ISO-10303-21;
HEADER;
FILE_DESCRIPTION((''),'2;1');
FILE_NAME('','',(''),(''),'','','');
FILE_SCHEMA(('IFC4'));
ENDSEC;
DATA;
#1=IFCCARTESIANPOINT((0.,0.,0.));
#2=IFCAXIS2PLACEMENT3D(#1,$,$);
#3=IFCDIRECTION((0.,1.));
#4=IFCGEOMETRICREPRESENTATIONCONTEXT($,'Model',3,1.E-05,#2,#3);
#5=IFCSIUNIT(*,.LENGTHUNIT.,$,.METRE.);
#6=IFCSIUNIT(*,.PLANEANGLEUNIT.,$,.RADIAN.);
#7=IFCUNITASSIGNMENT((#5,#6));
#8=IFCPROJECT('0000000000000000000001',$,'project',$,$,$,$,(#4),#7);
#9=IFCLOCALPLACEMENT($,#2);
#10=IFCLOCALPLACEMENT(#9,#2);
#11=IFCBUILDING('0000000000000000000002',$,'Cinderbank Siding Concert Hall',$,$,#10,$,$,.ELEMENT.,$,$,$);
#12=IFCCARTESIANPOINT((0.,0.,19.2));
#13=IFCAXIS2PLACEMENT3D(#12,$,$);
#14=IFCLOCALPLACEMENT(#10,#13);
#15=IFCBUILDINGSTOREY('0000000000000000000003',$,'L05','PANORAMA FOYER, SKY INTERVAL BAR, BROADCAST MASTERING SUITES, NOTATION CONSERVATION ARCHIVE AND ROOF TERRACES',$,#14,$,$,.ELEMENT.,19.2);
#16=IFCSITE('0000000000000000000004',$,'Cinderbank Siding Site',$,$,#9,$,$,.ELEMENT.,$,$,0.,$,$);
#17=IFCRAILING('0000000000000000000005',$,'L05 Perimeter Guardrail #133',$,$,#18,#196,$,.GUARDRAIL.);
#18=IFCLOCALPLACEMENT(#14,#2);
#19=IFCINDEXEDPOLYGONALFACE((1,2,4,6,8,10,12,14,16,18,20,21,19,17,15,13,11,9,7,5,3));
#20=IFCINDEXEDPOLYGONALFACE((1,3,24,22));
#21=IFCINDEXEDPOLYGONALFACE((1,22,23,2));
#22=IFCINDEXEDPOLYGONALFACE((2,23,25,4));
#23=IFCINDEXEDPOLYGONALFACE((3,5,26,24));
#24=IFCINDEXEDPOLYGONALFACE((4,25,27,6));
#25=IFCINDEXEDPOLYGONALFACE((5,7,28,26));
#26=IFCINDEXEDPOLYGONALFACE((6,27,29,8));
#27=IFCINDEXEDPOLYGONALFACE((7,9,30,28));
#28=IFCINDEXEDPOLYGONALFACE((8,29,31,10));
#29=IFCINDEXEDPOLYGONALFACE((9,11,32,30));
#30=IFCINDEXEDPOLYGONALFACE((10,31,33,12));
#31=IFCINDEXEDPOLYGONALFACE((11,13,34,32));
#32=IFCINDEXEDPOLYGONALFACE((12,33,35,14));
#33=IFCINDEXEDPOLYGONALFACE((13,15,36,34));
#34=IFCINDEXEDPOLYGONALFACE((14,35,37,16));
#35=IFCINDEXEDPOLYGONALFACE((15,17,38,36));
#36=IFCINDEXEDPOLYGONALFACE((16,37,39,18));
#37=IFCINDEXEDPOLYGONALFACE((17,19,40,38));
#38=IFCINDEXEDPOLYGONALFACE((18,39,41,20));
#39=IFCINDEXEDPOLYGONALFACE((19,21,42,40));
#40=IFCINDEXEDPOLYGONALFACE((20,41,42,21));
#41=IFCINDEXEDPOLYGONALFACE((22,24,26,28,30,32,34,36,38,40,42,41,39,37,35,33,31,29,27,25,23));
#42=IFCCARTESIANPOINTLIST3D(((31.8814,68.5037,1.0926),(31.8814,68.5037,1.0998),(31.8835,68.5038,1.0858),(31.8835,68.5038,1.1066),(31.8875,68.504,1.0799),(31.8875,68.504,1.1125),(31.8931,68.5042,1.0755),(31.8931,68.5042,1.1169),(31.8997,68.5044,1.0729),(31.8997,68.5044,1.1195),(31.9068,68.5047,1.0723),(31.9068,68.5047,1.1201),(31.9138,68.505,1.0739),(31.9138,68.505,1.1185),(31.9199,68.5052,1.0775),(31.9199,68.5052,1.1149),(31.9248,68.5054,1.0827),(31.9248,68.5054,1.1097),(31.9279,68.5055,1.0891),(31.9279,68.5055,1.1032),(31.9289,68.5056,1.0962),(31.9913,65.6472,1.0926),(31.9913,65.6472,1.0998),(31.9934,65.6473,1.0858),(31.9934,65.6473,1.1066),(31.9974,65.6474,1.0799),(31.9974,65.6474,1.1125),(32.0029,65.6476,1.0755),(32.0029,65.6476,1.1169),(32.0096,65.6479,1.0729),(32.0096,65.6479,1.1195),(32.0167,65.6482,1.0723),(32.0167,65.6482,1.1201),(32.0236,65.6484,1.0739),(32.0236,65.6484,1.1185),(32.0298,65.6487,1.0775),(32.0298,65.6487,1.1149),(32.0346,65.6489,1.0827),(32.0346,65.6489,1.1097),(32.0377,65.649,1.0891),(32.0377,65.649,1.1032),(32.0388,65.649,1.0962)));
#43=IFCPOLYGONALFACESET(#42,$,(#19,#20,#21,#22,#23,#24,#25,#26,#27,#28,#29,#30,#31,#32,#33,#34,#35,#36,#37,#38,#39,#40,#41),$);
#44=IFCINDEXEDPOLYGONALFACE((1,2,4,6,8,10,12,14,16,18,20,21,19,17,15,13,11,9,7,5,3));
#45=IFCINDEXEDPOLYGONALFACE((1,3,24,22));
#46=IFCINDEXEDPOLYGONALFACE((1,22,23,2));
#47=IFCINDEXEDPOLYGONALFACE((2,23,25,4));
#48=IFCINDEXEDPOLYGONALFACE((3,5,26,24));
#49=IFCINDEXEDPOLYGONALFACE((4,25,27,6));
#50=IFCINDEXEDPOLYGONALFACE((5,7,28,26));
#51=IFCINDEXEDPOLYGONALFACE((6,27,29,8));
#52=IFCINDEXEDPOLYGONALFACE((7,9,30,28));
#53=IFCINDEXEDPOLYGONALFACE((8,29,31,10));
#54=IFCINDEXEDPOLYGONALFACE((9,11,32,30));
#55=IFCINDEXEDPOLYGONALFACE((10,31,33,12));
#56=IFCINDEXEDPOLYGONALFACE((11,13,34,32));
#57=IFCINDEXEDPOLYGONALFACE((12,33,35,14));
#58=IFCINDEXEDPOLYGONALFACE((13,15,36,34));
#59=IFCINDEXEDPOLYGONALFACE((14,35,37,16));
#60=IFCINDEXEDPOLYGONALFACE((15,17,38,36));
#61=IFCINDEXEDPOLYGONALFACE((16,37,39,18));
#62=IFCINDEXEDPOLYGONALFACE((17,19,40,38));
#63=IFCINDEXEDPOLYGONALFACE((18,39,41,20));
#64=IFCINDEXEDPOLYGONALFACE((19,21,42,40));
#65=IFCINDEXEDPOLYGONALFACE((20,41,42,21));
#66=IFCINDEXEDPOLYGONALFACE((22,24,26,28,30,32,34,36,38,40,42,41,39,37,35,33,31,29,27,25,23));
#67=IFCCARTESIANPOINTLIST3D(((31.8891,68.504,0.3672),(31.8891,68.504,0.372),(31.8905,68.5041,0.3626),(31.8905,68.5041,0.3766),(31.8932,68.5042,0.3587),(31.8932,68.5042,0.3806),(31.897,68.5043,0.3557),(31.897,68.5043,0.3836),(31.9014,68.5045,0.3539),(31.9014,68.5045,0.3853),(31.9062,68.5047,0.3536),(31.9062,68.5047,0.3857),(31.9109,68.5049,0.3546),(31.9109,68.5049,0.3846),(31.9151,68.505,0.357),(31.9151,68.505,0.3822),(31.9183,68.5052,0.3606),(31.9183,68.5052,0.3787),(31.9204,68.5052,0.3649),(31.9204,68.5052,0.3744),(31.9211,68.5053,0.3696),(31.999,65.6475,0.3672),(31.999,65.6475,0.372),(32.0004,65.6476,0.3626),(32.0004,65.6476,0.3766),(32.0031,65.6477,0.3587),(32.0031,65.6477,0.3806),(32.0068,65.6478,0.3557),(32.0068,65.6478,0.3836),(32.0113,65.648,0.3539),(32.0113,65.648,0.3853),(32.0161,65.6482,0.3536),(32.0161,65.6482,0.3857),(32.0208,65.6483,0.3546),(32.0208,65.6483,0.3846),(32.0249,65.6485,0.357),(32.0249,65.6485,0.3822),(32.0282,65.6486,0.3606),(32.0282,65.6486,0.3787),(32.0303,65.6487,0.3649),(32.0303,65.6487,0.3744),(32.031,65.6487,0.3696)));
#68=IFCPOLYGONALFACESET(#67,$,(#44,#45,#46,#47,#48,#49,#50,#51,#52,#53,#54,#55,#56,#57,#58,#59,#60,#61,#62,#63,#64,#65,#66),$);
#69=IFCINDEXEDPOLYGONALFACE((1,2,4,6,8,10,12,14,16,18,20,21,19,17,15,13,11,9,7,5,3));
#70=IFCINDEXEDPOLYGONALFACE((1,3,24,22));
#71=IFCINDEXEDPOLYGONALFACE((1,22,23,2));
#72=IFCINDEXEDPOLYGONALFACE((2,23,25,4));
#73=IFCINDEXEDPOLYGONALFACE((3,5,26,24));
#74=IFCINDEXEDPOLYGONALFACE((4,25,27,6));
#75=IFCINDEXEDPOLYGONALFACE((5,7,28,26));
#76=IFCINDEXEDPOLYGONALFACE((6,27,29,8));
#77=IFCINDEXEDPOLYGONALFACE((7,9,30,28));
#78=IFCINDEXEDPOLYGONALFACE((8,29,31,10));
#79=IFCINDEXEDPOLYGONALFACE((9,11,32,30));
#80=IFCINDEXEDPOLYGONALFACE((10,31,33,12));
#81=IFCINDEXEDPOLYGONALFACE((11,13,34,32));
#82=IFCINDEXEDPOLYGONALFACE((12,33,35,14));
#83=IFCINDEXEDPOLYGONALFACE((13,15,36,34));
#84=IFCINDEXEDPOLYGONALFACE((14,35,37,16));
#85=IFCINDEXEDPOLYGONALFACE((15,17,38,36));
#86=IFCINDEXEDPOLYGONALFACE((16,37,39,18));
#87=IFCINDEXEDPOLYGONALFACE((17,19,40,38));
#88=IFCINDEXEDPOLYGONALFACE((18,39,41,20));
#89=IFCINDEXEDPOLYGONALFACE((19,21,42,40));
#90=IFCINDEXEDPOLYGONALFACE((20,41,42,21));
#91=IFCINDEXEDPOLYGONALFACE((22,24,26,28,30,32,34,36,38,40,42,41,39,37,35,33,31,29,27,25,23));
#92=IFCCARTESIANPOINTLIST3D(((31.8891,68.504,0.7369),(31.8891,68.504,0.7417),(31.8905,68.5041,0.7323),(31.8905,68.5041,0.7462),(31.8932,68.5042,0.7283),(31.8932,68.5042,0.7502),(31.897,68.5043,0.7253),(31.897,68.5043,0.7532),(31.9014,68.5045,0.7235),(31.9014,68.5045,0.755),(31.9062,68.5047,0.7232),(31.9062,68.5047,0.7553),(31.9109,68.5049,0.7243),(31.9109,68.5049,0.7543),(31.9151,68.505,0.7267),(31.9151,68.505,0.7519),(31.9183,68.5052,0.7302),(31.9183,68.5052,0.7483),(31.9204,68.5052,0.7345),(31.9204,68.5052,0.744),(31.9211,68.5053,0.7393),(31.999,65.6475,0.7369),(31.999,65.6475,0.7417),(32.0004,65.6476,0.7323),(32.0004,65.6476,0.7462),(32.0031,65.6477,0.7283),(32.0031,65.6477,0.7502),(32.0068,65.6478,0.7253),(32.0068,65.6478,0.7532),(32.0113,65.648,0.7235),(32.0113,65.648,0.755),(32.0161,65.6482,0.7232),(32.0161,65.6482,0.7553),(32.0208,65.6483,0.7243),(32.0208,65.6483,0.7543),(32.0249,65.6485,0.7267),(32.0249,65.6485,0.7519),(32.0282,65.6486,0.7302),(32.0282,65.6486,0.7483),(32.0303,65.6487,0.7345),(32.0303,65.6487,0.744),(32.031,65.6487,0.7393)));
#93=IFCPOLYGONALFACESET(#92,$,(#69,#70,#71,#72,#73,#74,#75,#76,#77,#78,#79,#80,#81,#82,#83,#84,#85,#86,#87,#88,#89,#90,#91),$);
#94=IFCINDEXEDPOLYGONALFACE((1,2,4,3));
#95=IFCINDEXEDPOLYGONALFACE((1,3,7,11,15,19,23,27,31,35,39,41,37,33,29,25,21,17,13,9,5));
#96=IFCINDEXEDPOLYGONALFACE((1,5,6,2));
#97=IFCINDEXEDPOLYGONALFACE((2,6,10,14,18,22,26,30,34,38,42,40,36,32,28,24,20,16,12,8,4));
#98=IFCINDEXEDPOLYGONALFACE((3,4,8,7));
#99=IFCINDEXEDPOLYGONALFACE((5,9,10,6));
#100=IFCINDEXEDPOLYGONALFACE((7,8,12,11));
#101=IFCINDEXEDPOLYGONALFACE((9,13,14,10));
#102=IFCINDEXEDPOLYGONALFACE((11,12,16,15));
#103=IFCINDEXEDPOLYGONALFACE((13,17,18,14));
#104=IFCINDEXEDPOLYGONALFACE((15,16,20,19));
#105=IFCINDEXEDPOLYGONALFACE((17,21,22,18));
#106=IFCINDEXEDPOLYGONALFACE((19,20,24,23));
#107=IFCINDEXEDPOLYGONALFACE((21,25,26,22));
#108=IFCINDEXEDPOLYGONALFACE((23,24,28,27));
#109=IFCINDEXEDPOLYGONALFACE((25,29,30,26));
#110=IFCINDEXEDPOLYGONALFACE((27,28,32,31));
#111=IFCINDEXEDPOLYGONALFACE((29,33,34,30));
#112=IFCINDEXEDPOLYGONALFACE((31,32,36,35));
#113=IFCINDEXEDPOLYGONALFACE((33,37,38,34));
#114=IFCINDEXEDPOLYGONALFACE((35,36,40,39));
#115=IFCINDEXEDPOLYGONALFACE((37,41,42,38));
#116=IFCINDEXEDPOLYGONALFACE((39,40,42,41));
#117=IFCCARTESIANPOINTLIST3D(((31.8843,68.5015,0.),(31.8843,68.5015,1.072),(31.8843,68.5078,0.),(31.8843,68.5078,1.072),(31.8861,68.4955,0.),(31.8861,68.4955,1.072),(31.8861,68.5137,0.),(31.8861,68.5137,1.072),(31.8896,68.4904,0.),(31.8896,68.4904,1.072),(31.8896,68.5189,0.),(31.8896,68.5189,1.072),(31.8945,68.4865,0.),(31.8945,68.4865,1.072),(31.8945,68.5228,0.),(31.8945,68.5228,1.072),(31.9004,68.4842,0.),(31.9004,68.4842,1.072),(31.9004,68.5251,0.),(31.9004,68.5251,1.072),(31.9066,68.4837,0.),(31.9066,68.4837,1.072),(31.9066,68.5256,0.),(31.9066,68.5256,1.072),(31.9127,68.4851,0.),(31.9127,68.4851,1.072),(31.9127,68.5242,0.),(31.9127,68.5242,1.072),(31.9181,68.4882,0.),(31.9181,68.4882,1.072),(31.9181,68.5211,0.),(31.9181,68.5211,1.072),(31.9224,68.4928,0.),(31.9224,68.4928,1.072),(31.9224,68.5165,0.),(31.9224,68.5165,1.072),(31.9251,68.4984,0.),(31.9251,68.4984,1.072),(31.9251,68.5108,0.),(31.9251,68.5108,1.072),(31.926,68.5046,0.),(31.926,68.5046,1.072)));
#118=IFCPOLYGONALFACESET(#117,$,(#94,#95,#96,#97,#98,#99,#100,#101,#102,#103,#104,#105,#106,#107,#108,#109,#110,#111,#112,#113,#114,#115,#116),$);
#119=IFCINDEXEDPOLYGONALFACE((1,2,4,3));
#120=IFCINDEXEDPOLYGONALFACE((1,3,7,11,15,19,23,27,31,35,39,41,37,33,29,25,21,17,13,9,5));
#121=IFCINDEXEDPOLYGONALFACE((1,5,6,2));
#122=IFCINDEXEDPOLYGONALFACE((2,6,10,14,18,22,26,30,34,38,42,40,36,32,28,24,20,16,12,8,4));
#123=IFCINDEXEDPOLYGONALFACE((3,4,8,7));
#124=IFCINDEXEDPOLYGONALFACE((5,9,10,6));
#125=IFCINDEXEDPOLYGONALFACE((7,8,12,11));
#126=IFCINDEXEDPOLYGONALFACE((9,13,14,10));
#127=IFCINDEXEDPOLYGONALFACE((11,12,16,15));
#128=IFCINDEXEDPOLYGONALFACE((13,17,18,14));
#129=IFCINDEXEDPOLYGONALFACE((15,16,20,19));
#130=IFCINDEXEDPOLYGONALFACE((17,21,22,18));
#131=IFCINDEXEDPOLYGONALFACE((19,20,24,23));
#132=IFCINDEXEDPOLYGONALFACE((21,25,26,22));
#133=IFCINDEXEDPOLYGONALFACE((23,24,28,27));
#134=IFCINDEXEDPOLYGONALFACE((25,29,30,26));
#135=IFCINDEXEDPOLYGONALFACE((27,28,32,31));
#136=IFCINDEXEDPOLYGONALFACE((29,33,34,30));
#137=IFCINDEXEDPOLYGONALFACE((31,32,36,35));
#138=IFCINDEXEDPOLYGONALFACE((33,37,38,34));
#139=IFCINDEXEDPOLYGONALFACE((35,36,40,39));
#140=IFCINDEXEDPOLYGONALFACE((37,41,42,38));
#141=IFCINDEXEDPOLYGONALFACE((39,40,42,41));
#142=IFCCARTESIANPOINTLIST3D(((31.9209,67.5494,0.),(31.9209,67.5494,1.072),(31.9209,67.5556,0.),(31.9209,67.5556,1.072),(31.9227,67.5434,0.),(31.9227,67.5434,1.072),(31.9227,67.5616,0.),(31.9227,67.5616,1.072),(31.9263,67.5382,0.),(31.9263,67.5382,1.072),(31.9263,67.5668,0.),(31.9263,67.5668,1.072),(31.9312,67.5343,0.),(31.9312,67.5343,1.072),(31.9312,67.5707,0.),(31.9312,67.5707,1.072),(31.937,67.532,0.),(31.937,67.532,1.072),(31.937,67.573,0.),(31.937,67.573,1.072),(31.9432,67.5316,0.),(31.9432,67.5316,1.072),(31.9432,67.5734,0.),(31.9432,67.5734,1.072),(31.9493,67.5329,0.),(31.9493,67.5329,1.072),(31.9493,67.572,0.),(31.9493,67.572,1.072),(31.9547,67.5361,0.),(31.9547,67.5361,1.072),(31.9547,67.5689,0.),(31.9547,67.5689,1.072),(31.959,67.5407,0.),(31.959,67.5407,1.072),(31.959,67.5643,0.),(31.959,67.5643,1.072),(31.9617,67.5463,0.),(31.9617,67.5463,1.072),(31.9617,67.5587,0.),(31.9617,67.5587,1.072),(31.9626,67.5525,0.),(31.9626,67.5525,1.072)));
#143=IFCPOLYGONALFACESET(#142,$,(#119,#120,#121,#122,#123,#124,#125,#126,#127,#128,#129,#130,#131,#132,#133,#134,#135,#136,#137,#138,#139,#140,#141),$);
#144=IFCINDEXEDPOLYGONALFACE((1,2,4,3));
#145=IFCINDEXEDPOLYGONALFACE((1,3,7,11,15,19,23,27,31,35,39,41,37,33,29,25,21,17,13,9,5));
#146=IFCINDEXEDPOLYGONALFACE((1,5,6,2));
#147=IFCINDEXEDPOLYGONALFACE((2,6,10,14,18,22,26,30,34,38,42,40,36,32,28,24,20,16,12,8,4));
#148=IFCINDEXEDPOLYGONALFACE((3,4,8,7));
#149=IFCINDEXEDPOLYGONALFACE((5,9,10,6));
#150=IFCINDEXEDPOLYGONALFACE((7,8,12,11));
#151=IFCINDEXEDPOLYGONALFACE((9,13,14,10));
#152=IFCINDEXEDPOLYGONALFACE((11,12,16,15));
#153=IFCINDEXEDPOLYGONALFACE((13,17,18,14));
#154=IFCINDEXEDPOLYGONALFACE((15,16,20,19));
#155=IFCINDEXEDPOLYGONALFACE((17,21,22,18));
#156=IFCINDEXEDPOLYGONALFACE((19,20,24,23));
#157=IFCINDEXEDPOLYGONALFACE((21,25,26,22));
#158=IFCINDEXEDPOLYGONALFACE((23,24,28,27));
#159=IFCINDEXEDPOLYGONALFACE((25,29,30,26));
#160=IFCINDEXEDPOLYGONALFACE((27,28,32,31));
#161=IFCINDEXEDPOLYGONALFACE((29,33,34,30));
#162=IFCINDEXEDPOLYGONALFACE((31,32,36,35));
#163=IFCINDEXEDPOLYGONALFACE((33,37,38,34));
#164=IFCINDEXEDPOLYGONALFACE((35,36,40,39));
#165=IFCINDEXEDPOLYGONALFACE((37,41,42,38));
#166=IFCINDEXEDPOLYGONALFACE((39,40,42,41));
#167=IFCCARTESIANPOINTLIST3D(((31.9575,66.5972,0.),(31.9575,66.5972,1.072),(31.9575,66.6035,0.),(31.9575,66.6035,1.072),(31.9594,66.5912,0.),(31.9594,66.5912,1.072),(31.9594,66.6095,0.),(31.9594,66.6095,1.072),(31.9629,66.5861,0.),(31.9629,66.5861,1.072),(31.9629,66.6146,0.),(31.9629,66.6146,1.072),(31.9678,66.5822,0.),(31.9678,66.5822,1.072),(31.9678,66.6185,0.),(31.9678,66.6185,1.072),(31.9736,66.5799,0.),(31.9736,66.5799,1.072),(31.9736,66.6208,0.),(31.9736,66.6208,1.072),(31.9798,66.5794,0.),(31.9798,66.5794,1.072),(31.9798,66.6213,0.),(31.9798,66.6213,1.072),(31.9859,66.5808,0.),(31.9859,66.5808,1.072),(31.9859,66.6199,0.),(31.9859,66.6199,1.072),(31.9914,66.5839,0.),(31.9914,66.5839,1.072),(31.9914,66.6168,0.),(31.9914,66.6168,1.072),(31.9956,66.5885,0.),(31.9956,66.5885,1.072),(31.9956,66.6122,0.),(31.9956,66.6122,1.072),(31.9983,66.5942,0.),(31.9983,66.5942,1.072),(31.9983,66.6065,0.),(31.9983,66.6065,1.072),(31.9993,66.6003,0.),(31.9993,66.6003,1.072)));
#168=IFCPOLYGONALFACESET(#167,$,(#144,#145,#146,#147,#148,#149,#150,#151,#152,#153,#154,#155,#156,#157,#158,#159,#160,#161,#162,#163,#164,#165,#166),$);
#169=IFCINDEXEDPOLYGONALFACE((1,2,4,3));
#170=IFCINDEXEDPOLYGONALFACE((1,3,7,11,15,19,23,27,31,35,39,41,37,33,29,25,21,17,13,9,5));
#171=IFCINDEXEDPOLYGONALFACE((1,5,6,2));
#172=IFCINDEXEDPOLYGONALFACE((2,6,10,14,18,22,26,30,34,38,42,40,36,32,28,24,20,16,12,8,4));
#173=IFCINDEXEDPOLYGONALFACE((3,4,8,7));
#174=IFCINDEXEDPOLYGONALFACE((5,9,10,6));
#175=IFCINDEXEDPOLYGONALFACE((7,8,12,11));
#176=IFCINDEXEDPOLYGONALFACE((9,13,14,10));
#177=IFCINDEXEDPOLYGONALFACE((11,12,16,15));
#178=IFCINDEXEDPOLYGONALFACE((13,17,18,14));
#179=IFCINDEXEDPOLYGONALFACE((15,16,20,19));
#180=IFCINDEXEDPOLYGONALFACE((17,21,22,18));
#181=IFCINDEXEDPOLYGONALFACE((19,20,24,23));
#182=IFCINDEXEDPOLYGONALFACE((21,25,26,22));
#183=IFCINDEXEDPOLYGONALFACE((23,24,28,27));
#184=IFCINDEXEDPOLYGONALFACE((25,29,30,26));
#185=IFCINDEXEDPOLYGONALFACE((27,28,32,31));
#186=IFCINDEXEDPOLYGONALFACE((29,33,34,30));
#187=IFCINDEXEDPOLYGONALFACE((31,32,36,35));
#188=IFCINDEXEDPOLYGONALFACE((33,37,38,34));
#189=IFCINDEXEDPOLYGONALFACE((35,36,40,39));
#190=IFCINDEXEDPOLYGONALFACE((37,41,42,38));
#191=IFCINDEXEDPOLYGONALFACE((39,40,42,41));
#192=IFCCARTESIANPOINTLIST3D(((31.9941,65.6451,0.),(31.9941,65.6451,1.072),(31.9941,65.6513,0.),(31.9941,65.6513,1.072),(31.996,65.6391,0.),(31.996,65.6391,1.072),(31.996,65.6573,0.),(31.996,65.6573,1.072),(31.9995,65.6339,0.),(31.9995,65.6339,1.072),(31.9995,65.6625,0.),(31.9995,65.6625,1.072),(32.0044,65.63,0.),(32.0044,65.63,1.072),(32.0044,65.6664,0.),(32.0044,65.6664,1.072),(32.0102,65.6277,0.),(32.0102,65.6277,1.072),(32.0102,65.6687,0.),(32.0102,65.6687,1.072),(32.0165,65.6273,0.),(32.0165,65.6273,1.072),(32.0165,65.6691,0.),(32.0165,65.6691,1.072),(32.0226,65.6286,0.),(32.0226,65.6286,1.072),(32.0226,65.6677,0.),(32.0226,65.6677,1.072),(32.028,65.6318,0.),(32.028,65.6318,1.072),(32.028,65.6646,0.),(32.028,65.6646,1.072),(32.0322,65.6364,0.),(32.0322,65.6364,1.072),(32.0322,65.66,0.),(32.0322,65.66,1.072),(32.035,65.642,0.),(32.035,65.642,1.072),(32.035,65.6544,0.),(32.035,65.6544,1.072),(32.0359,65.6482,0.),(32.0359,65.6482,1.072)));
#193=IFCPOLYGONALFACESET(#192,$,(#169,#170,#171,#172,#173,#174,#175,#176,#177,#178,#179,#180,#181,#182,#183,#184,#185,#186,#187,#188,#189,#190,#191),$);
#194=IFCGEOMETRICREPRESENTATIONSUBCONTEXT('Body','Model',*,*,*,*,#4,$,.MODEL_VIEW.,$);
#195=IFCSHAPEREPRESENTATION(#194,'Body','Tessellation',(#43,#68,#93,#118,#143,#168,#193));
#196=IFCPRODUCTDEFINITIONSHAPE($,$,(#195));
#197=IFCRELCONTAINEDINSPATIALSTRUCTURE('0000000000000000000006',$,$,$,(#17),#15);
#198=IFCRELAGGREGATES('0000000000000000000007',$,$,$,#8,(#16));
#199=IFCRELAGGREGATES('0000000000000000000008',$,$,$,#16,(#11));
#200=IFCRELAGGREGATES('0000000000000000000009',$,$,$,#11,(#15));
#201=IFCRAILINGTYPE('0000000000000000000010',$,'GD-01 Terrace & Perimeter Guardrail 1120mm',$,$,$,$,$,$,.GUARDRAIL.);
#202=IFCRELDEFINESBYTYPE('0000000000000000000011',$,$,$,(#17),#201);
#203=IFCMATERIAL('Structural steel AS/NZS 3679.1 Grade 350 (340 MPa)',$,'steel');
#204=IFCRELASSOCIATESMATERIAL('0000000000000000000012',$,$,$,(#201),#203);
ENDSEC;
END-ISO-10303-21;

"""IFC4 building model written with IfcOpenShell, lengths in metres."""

from ifc_helpers import new_model, si_unit, direction, frame, origin, origin_2d, place, context, subcontext, project, spatial, circle, extrude, material, type_object, element, save


model = new_model("IFC4")

# Units and contexts
model_context = context("Model", 3, precision=1e-05, world=origin(), true_north=direction((0.0, 1.0)))
body_context = subcontext(model_context, "Body", "Model", "MODEL_VIEW")
ifc_project = project(units=[si_unit("LENGTHUNIT", "METRE"), si_unit("PLANEANGLEUNIT", "RADIAN")], contexts=[model_context])

# Site, building, storey
site_placement = place(None, origin())
site = spatial("IfcSite", under=ifc_project, at=site_placement, Name="Cinderbank Siding Site", CompositionType="ELEMENT", RefElevation=0.0)
building_placement = place(site_placement, origin())
building = spatial("IfcBuilding", under=site, at=building_placement, Name="Cinderbank Siding Concert Hall", CompositionType="ELEMENT")
storey_placement = place(building_placement, frame((0.0, 0.0, 19.2)))
storey = spatial("IfcBuildingStorey", under=building, at=storey_placement, Name="L05", Description="PANORAMA FOYER, SKY INTERVAL BAR, BROADCAST MASTERING SUITES, NOTATION CONSERVATION ARCHIVE AND ROOF TERRACES", CompositionType="ELEMENT", Elevation=19.2)

# Railing
ifc_material_1 = material(Name="Structural steel AS/NZS 3679.1 Grade 350 (340 MPa)", Category="steel")
railing_type = type_object("IfcRailingType", Name="GD-01 Terrace & Perimeter Guardrail 1120mm", PredefinedType="GUARDRAIL", material=ifc_material_1)
railing_1_placement = place(storey_placement, frame((31.905, 68.5046, 0.0)))
element("IfcRailing", 1, at=railing_1_placement, inside=storey, type_object=railing_type, Name="L05 Perimeter Guardrail #133", PredefinedType="GUARDRAIL", context=body_context, shape_type="SweptSolid", body=[
    extrude(circle(Radius=0.0239, at=origin_2d()), frame((0.0, 0.0, 1.0962), z_axis=(0.038433, -0.999261, 0.0), x_axis=(0.999261, 0.038433, 0.0)), (0.0, 0.0, 1.0), 2.8586),
    extrude(circle(Radius=0.0161, at=origin_2d()), frame((0.0, 0.0, 0.3696), z_axis=(0.038433, -0.999261, 0.0), x_axis=(0.999261, 0.038433, 0.0)), (0.0, 0.0, 1.0), 2.8586),
    extrude(circle(Radius=0.0161, at=origin_2d()), frame((0.0, 0.0, 0.7393), z_axis=(0.038433, -0.999261, 0.0), x_axis=(0.999261, 0.038433, 0.0)), (0.0, 0.0, 1.0), 2.8586),
    extrude(circle(Radius=0.021, at=origin_2d()), origin(), (0.0, 0.0, 1.0), 1.072),
    extrude(circle(Radius=0.021, at=origin_2d()), frame((0.0366, -0.9521, 0.0)), (0.0, 0.0, 1.0), 1.072),
    extrude(circle(Radius=0.021, at=origin_2d()), frame((0.0732, -1.9043, 0.0)), (0.0, 0.0, 1.0), 1.072),
    extrude(circle(Radius=0.021, at=origin_2d()), frame((0.1099, -2.8564, 0.0)), (0.0, 0.0, 1.0), 1.072),
])

save(model, "model.ifc")
